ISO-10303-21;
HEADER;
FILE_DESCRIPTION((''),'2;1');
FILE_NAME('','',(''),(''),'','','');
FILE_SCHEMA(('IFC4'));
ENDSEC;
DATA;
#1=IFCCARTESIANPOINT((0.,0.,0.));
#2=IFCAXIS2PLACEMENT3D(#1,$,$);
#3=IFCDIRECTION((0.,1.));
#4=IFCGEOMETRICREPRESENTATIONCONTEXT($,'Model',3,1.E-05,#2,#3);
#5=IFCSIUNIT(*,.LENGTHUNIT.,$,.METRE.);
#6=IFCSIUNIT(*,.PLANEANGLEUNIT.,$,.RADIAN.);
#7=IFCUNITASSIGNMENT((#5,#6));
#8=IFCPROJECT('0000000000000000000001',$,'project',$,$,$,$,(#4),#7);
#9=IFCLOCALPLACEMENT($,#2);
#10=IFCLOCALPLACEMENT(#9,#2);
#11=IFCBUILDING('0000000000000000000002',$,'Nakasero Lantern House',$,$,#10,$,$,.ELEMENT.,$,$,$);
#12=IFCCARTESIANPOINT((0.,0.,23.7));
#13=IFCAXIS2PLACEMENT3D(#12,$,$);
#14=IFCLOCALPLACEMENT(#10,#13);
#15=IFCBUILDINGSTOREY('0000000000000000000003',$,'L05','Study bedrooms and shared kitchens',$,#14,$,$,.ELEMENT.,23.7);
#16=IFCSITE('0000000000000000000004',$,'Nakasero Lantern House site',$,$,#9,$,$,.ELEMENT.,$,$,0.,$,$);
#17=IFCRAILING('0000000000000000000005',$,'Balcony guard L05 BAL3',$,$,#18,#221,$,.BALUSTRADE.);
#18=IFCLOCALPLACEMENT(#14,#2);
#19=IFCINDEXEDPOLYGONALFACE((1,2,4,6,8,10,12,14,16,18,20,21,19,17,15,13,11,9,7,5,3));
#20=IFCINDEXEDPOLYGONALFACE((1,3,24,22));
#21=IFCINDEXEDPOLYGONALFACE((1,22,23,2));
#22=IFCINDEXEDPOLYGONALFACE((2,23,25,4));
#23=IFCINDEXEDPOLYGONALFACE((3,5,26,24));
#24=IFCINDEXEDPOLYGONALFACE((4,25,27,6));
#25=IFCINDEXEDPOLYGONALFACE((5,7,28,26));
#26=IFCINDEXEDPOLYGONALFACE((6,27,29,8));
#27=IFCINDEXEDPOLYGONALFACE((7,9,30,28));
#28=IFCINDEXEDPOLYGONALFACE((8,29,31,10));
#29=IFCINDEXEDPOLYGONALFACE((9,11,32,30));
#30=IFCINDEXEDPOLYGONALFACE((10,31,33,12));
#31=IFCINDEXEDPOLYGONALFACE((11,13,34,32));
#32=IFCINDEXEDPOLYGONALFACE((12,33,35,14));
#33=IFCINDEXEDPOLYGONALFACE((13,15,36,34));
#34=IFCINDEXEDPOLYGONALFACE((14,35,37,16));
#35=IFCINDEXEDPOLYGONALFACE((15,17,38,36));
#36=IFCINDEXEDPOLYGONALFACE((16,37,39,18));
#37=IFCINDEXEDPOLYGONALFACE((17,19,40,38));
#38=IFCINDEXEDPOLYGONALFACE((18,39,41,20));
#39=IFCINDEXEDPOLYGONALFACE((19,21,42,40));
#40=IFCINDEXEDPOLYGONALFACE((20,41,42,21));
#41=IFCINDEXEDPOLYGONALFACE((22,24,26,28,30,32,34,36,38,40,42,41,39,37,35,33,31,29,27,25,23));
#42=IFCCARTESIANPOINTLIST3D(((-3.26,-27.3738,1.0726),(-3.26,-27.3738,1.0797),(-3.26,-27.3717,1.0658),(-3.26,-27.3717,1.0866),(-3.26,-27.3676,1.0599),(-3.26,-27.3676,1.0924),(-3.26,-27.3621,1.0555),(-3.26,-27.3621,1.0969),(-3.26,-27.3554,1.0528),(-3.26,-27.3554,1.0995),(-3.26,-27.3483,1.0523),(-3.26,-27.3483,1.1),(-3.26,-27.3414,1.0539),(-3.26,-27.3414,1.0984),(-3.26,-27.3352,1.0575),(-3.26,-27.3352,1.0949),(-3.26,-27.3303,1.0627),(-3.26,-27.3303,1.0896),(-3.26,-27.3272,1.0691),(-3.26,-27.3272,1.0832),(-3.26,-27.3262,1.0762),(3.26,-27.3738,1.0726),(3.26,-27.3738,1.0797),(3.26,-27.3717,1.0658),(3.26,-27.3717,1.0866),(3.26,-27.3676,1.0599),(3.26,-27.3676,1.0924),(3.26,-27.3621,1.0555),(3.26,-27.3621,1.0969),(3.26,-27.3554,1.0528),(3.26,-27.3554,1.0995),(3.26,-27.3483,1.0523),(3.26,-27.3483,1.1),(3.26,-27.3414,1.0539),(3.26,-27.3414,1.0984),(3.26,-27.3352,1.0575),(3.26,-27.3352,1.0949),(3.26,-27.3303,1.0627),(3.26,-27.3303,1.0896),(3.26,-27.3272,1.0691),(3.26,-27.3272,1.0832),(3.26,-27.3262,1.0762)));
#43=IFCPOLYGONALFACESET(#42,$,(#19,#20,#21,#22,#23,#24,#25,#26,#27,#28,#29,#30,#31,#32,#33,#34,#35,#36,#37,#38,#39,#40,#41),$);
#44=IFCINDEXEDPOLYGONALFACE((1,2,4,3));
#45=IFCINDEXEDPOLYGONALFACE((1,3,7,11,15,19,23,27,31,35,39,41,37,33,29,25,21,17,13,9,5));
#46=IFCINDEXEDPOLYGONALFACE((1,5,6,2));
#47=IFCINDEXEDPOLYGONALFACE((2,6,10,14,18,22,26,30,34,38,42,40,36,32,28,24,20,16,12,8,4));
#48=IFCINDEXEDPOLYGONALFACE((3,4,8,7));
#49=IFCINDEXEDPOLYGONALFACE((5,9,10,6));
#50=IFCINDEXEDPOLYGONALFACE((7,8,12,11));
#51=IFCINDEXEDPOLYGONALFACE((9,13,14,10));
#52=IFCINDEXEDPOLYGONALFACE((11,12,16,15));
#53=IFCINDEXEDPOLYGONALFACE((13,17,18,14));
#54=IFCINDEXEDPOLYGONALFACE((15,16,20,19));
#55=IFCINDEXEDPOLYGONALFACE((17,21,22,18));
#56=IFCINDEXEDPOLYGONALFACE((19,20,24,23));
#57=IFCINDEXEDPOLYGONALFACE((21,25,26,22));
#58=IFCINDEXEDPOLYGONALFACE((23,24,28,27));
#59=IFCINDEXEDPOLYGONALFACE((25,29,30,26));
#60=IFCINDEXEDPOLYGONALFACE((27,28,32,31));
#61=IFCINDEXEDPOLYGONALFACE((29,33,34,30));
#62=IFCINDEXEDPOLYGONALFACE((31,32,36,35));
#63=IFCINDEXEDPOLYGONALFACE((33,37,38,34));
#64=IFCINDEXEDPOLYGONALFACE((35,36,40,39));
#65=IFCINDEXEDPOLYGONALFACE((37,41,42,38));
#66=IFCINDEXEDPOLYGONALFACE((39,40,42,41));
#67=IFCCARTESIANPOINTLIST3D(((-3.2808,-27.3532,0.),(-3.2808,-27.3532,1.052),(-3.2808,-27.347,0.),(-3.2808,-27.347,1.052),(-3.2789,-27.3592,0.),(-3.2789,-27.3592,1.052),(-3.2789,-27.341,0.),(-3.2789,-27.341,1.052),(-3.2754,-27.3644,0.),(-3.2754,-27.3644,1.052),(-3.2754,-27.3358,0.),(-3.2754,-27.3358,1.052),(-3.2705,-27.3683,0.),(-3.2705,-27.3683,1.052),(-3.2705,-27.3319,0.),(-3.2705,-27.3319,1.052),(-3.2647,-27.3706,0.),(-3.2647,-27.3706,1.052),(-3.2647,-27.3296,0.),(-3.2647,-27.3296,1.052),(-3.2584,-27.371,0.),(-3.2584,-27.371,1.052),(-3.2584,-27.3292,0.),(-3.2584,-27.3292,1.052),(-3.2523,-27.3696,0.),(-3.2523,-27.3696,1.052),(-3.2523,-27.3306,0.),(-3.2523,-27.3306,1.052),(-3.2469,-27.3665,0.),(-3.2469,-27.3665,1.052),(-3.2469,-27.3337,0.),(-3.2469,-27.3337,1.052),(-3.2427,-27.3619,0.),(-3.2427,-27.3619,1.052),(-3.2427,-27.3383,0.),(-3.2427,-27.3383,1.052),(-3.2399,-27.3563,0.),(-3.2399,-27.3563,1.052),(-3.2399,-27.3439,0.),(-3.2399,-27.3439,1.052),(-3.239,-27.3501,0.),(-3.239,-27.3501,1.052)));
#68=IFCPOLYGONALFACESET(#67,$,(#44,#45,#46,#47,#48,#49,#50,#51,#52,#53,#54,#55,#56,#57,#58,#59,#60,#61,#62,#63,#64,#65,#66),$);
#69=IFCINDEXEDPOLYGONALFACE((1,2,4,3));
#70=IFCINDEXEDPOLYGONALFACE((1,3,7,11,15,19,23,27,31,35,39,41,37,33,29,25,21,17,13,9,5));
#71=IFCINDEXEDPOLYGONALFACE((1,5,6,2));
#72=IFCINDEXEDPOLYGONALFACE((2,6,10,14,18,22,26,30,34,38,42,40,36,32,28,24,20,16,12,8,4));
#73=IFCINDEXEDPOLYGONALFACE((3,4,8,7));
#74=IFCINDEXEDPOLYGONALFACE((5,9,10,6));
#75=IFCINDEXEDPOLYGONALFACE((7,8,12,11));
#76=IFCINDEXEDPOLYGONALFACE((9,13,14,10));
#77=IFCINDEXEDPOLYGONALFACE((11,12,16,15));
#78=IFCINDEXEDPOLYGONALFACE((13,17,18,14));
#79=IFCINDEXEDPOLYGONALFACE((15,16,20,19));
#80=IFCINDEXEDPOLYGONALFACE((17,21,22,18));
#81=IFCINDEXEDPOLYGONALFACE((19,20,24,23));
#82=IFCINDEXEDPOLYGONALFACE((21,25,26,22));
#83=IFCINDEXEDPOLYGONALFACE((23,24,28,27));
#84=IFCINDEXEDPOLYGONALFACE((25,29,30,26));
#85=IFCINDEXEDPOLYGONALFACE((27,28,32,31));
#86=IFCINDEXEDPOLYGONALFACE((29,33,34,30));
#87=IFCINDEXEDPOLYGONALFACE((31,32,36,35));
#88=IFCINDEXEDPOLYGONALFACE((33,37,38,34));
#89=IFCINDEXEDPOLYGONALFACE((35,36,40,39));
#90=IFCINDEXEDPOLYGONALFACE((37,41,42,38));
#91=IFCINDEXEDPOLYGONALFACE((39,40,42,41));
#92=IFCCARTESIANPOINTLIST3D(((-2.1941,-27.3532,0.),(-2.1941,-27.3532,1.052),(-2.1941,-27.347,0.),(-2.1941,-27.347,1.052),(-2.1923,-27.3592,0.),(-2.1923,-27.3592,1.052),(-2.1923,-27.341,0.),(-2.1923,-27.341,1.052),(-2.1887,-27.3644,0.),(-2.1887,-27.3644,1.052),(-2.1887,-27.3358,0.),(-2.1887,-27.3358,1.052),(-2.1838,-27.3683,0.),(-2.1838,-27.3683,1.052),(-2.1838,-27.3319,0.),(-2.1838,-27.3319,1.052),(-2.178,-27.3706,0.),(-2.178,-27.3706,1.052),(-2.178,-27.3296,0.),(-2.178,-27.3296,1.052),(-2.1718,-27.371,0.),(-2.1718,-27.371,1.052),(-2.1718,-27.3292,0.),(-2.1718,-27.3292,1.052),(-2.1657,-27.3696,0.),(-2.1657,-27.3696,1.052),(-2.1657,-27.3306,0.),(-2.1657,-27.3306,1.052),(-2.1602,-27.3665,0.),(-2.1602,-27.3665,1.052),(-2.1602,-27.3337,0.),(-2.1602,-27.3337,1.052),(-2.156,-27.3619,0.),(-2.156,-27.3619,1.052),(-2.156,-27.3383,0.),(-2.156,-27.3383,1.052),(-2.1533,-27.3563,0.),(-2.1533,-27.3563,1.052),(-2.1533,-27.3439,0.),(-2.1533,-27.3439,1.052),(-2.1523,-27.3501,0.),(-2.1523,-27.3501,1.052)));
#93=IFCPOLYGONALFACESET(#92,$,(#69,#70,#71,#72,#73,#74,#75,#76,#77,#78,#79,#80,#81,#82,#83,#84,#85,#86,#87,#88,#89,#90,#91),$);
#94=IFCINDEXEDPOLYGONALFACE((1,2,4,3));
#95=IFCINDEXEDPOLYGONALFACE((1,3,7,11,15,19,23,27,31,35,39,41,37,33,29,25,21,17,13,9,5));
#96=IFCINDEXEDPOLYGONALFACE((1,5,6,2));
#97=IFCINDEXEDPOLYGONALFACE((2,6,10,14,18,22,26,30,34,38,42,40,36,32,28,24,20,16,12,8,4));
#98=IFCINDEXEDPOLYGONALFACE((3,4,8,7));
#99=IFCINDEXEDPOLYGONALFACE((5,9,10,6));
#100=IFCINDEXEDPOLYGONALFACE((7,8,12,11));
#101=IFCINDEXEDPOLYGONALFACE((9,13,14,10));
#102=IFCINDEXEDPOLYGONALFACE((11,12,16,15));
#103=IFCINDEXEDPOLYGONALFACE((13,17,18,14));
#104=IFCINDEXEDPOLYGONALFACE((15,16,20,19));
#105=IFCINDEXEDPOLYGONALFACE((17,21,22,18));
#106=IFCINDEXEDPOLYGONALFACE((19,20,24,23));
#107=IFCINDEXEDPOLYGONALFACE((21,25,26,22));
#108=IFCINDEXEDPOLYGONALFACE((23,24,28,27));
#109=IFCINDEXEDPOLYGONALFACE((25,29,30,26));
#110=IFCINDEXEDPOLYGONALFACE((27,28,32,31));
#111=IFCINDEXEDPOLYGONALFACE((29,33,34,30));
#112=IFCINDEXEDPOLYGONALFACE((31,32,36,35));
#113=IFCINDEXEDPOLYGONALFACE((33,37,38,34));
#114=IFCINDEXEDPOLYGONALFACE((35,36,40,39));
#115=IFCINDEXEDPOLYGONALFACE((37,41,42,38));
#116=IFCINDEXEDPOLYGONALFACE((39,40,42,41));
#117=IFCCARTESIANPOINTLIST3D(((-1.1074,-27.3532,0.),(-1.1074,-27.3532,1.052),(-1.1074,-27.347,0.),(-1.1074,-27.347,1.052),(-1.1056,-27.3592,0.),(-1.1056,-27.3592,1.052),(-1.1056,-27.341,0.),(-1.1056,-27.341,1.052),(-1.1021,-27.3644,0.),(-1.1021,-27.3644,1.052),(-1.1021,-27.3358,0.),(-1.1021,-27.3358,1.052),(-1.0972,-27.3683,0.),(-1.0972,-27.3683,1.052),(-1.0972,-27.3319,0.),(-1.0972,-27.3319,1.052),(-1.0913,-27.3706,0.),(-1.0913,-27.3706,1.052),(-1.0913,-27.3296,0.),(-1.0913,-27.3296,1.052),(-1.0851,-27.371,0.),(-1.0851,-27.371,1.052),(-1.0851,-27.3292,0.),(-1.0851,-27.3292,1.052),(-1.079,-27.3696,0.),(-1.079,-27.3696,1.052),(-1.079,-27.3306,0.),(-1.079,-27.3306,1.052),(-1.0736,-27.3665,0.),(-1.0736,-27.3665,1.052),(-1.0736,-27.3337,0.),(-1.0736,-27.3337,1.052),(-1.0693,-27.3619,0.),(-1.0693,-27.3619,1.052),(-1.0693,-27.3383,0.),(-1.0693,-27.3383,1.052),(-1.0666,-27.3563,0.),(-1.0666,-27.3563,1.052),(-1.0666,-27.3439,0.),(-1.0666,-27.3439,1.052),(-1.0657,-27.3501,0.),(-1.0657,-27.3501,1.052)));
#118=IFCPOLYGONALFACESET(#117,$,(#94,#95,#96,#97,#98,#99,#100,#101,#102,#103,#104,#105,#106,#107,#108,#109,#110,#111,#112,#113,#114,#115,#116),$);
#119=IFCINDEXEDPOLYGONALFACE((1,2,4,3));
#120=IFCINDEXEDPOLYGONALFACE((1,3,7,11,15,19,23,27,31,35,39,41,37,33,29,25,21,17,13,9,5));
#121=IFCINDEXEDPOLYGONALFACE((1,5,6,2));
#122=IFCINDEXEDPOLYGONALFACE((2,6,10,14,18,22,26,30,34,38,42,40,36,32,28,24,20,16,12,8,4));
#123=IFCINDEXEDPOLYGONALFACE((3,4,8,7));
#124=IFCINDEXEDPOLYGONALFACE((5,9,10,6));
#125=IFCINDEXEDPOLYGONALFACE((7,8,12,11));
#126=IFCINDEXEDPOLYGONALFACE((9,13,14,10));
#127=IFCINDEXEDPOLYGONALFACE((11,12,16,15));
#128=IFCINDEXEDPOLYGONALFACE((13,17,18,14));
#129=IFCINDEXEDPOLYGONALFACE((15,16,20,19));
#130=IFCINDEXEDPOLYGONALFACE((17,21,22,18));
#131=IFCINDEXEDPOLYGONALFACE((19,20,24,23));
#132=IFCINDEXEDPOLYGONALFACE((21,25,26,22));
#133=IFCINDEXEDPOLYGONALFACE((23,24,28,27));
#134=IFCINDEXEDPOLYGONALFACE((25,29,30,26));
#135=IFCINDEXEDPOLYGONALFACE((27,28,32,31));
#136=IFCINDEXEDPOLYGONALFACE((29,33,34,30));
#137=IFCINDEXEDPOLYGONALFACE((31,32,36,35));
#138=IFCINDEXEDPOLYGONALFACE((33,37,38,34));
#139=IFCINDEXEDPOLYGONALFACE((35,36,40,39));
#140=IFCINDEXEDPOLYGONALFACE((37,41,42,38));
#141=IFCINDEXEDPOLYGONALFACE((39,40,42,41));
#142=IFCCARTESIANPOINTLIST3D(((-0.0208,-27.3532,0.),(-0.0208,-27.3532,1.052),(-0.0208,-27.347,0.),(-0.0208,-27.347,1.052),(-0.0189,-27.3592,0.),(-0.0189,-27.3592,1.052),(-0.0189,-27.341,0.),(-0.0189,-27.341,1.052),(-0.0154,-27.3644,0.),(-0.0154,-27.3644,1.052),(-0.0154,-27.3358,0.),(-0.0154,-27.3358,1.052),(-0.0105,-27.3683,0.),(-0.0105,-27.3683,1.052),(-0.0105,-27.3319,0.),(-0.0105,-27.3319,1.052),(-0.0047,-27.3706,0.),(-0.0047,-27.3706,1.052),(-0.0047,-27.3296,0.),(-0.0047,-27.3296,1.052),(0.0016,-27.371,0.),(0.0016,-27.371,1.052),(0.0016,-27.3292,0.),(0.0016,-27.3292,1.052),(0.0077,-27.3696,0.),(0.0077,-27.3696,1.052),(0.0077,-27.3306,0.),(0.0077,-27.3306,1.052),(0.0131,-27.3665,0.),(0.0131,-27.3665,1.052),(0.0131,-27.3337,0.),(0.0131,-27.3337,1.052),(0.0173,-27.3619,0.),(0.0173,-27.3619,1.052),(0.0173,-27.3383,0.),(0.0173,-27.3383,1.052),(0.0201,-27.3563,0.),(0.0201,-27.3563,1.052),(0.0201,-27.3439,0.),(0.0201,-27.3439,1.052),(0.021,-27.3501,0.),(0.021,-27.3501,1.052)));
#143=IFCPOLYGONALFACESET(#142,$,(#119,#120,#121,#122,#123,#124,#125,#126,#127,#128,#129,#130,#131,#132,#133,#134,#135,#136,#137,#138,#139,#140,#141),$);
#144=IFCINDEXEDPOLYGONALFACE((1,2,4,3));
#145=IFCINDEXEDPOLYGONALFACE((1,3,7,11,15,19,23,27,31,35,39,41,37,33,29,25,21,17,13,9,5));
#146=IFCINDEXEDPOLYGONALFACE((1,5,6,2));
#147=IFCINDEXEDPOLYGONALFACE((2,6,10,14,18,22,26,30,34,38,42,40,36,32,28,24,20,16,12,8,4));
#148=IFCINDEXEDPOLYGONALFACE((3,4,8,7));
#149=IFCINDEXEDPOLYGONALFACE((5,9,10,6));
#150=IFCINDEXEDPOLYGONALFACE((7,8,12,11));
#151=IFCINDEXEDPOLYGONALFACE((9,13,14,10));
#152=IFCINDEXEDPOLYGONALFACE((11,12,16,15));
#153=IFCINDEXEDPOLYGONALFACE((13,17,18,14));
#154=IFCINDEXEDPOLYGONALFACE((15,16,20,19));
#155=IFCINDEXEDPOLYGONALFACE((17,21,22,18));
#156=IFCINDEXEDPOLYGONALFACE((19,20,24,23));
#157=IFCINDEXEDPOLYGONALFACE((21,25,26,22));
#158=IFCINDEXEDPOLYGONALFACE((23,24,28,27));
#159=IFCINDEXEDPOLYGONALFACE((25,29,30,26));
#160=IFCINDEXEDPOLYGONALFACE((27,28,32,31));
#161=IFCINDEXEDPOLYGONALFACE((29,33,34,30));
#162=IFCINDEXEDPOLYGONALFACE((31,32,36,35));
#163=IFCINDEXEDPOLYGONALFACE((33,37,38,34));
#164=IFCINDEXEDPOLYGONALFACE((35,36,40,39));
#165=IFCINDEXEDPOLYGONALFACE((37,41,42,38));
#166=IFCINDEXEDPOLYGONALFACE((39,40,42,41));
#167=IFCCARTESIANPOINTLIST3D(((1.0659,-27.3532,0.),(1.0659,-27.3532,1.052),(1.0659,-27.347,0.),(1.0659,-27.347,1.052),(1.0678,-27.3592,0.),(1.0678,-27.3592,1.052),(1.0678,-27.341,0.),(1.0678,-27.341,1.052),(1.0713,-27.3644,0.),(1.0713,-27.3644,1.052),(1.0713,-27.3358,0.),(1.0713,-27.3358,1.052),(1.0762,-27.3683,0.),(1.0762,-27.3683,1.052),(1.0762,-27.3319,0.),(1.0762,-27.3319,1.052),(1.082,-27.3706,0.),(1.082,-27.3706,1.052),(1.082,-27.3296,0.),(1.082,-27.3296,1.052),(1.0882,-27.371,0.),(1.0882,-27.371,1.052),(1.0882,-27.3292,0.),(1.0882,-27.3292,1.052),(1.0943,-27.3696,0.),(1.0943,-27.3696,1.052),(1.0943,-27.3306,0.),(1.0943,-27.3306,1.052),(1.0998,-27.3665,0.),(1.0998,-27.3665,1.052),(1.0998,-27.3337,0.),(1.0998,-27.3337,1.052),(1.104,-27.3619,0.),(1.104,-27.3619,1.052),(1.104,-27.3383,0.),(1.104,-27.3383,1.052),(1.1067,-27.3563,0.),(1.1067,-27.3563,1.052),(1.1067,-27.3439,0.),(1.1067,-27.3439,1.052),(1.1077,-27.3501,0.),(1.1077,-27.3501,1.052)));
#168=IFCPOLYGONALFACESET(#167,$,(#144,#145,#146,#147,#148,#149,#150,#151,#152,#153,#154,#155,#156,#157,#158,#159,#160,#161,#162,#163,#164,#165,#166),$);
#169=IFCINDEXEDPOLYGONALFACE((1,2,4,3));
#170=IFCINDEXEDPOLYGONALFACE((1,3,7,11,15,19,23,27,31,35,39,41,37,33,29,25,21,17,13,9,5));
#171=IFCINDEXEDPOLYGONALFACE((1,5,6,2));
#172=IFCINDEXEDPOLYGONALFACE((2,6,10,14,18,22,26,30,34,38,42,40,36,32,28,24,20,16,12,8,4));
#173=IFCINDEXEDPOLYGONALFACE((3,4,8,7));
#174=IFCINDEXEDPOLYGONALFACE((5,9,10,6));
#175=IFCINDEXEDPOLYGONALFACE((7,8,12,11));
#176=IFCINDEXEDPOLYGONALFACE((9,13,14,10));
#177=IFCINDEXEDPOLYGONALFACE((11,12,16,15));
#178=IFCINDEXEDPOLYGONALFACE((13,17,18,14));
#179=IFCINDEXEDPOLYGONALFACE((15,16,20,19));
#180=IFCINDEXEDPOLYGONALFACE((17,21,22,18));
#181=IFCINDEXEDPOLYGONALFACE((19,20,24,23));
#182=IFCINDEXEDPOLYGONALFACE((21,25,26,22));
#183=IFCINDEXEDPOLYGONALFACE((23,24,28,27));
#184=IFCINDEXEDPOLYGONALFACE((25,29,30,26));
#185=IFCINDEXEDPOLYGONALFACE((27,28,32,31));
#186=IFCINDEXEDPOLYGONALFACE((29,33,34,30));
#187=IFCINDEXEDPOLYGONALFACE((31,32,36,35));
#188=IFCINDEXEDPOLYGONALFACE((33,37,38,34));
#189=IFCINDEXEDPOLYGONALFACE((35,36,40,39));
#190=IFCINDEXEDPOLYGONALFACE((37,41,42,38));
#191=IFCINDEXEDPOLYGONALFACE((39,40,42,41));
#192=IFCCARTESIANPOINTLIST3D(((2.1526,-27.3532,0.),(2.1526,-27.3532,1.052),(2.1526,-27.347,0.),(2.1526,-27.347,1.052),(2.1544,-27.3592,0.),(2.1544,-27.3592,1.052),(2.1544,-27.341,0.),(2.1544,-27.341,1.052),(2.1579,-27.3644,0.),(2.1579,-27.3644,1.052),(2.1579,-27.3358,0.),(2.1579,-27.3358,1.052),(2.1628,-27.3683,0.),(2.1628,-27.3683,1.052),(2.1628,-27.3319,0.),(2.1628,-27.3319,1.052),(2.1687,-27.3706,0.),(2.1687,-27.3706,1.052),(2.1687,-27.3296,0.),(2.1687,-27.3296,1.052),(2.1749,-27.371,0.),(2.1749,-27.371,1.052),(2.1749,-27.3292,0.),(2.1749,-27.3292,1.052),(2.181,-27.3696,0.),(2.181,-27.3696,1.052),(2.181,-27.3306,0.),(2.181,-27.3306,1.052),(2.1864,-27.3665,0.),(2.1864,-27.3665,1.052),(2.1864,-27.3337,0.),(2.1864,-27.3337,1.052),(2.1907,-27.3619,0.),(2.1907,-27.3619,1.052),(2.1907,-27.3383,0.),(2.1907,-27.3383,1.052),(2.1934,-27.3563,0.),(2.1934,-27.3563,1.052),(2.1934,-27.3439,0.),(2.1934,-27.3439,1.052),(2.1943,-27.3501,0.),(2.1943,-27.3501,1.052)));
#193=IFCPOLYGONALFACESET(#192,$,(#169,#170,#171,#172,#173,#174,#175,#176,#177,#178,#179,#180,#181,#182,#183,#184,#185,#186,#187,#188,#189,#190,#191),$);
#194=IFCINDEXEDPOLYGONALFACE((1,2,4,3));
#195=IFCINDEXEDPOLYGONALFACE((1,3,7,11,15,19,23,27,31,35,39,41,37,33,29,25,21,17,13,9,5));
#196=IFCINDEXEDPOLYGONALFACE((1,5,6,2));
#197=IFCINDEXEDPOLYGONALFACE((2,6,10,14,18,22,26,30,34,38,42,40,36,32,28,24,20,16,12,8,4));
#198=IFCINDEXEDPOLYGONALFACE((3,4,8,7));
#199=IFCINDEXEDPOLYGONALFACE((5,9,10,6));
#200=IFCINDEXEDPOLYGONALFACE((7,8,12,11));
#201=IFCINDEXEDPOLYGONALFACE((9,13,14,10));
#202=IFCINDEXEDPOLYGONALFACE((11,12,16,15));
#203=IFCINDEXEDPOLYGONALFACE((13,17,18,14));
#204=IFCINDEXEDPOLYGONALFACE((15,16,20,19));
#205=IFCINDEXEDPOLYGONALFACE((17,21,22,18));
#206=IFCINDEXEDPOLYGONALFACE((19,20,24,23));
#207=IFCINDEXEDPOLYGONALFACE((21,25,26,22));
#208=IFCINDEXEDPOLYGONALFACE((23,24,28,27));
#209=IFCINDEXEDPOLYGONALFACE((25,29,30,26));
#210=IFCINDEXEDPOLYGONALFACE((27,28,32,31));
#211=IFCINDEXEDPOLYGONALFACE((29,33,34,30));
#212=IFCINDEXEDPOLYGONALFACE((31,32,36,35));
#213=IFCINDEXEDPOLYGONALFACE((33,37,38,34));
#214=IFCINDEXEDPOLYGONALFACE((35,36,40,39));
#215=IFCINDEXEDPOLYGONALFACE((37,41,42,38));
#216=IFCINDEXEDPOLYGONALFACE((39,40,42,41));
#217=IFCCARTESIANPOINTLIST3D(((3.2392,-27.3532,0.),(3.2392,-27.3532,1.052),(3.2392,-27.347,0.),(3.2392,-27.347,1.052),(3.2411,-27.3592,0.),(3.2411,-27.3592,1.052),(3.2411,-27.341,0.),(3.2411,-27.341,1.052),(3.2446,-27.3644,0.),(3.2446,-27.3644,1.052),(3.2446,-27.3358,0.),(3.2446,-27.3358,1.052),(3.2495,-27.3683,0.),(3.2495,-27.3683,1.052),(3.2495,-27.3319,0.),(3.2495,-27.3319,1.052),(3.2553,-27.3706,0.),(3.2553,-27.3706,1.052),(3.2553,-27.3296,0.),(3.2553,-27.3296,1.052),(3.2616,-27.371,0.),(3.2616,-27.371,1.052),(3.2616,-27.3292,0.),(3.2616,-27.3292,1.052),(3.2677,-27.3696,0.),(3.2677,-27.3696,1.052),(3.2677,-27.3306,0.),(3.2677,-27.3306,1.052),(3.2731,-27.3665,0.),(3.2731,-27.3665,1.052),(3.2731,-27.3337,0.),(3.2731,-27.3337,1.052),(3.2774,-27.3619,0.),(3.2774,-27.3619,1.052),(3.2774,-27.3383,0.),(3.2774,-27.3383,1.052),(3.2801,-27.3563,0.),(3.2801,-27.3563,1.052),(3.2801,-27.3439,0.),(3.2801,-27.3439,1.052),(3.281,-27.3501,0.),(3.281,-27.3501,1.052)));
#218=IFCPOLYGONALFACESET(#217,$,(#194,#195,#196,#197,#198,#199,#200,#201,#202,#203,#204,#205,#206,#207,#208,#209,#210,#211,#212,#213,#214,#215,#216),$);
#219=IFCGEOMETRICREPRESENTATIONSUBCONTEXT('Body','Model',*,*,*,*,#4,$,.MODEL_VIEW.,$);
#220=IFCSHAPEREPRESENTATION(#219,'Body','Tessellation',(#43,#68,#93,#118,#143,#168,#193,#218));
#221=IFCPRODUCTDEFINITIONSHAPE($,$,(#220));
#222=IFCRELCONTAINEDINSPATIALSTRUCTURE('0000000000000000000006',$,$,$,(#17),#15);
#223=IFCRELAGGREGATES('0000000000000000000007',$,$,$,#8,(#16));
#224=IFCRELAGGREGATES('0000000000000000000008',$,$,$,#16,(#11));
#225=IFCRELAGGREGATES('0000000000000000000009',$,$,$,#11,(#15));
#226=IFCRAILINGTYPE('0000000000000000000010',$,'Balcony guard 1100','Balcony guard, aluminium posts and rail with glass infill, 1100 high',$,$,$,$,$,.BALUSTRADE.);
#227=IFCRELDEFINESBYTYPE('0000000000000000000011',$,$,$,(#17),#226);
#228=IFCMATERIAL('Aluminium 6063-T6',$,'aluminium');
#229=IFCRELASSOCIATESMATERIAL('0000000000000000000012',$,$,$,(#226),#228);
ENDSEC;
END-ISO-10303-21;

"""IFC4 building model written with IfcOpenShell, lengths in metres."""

from ifc_helpers import new_model, si_unit, direction, frame, origin, origin_2d, place, context, subcontext, project, spatial, circle, extrude, material, type_object, element, save


model = new_model("IFC4")

# Units and contexts
model_context = context("Model", 3, precision=1e-05, world=origin(), true_north=direction((0.0, 1.0)))
body_context = subcontext(model_context, "Body", "Model", "MODEL_VIEW")
ifc_project = project(units=[si_unit("LENGTHUNIT", "METRE"), si_unit("PLANEANGLEUNIT", "RADIAN")], contexts=[model_context])

# Site, building, storey
site_placement = place(None, origin())
site = spatial("IfcSite", under=ifc_project, at=site_placement, Name="Nakasero Lantern House site", CompositionType="ELEMENT", RefElevation=0.0)
building_placement = place(site_placement, origin())
building = spatial("IfcBuilding", under=site, at=building_placement, Name="Nakasero Lantern House", CompositionType="ELEMENT")
storey_placement = place(building_placement, frame((0.0, 0.0, 23.7)))
storey = spatial("IfcBuildingStorey", under=building, at=storey_placement, Name="L05", Description="Study bedrooms and shared kitchens", CompositionType="ELEMENT", Elevation=23.7)

# Railing
ifc_material_1 = material(Name="Aluminium 6063-T6", Category="aluminium")
railing_type = type_object("IfcRailingType", Name="Balcony guard 1100", Description="Balcony guard, aluminium posts and rail with glass infill, 1100 high", PredefinedType="BALUSTRADE", material=ifc_material_1)
railing_placement = place(storey_placement, frame((-3.26, -27.3501, 0.0)))
element("IfcRailing", 1, at=railing_placement, inside=storey, type_object=railing_type, Name="Balcony guard L05 BAL3", PredefinedType="BALUSTRADE", context=body_context, shape_type="SweptSolid", body=[
    extrude(circle(Radius=0.0239, at=origin_2d()), frame((0.0, 0.0, 1.0762), z_axis=(1.0, 0.0, 0.0), x_axis=(0.0, 1.0, 0.0)), (0.0, 0.0, 1.0), 6.52),
    extrude(circle(Radius=0.021, at=origin_2d()), origin(), (0.0, 0.0, 1.0), 1.052),
    extrude(circle(Radius=0.021, at=origin_2d()), frame((1.0867, 0.0, 0.0)), (0.0, 0.0, 1.0), 1.052),
    extrude(circle(Radius=0.021, at=origin_2d()), frame((2.1733, 0.0, 0.0)), (0.0, 0.0, 1.0), 1.052),
    extrude(circle(Radius=0.021, at=origin_2d()), frame((3.26, 0.0, 0.0)), (0.0, 0.0, 1.0), 1.052),
    extrude(circle(Radius=0.021, at=origin_2d()), frame((4.3467, 0.0, 0.0)), (0.0, 0.0, 1.0), 1.052),
    extrude(circle(Radius=0.021, at=origin_2d()), frame((5.4333, 0.0, 0.0)), (0.0, 0.0, 1.0), 1.052),
    extrude(circle(Radius=0.021, at=origin_2d()), frame((6.52, 0.0, 0.0)), (0.0, 0.0, 1.0), 1.052),
])

save(model, "model.ifc")
